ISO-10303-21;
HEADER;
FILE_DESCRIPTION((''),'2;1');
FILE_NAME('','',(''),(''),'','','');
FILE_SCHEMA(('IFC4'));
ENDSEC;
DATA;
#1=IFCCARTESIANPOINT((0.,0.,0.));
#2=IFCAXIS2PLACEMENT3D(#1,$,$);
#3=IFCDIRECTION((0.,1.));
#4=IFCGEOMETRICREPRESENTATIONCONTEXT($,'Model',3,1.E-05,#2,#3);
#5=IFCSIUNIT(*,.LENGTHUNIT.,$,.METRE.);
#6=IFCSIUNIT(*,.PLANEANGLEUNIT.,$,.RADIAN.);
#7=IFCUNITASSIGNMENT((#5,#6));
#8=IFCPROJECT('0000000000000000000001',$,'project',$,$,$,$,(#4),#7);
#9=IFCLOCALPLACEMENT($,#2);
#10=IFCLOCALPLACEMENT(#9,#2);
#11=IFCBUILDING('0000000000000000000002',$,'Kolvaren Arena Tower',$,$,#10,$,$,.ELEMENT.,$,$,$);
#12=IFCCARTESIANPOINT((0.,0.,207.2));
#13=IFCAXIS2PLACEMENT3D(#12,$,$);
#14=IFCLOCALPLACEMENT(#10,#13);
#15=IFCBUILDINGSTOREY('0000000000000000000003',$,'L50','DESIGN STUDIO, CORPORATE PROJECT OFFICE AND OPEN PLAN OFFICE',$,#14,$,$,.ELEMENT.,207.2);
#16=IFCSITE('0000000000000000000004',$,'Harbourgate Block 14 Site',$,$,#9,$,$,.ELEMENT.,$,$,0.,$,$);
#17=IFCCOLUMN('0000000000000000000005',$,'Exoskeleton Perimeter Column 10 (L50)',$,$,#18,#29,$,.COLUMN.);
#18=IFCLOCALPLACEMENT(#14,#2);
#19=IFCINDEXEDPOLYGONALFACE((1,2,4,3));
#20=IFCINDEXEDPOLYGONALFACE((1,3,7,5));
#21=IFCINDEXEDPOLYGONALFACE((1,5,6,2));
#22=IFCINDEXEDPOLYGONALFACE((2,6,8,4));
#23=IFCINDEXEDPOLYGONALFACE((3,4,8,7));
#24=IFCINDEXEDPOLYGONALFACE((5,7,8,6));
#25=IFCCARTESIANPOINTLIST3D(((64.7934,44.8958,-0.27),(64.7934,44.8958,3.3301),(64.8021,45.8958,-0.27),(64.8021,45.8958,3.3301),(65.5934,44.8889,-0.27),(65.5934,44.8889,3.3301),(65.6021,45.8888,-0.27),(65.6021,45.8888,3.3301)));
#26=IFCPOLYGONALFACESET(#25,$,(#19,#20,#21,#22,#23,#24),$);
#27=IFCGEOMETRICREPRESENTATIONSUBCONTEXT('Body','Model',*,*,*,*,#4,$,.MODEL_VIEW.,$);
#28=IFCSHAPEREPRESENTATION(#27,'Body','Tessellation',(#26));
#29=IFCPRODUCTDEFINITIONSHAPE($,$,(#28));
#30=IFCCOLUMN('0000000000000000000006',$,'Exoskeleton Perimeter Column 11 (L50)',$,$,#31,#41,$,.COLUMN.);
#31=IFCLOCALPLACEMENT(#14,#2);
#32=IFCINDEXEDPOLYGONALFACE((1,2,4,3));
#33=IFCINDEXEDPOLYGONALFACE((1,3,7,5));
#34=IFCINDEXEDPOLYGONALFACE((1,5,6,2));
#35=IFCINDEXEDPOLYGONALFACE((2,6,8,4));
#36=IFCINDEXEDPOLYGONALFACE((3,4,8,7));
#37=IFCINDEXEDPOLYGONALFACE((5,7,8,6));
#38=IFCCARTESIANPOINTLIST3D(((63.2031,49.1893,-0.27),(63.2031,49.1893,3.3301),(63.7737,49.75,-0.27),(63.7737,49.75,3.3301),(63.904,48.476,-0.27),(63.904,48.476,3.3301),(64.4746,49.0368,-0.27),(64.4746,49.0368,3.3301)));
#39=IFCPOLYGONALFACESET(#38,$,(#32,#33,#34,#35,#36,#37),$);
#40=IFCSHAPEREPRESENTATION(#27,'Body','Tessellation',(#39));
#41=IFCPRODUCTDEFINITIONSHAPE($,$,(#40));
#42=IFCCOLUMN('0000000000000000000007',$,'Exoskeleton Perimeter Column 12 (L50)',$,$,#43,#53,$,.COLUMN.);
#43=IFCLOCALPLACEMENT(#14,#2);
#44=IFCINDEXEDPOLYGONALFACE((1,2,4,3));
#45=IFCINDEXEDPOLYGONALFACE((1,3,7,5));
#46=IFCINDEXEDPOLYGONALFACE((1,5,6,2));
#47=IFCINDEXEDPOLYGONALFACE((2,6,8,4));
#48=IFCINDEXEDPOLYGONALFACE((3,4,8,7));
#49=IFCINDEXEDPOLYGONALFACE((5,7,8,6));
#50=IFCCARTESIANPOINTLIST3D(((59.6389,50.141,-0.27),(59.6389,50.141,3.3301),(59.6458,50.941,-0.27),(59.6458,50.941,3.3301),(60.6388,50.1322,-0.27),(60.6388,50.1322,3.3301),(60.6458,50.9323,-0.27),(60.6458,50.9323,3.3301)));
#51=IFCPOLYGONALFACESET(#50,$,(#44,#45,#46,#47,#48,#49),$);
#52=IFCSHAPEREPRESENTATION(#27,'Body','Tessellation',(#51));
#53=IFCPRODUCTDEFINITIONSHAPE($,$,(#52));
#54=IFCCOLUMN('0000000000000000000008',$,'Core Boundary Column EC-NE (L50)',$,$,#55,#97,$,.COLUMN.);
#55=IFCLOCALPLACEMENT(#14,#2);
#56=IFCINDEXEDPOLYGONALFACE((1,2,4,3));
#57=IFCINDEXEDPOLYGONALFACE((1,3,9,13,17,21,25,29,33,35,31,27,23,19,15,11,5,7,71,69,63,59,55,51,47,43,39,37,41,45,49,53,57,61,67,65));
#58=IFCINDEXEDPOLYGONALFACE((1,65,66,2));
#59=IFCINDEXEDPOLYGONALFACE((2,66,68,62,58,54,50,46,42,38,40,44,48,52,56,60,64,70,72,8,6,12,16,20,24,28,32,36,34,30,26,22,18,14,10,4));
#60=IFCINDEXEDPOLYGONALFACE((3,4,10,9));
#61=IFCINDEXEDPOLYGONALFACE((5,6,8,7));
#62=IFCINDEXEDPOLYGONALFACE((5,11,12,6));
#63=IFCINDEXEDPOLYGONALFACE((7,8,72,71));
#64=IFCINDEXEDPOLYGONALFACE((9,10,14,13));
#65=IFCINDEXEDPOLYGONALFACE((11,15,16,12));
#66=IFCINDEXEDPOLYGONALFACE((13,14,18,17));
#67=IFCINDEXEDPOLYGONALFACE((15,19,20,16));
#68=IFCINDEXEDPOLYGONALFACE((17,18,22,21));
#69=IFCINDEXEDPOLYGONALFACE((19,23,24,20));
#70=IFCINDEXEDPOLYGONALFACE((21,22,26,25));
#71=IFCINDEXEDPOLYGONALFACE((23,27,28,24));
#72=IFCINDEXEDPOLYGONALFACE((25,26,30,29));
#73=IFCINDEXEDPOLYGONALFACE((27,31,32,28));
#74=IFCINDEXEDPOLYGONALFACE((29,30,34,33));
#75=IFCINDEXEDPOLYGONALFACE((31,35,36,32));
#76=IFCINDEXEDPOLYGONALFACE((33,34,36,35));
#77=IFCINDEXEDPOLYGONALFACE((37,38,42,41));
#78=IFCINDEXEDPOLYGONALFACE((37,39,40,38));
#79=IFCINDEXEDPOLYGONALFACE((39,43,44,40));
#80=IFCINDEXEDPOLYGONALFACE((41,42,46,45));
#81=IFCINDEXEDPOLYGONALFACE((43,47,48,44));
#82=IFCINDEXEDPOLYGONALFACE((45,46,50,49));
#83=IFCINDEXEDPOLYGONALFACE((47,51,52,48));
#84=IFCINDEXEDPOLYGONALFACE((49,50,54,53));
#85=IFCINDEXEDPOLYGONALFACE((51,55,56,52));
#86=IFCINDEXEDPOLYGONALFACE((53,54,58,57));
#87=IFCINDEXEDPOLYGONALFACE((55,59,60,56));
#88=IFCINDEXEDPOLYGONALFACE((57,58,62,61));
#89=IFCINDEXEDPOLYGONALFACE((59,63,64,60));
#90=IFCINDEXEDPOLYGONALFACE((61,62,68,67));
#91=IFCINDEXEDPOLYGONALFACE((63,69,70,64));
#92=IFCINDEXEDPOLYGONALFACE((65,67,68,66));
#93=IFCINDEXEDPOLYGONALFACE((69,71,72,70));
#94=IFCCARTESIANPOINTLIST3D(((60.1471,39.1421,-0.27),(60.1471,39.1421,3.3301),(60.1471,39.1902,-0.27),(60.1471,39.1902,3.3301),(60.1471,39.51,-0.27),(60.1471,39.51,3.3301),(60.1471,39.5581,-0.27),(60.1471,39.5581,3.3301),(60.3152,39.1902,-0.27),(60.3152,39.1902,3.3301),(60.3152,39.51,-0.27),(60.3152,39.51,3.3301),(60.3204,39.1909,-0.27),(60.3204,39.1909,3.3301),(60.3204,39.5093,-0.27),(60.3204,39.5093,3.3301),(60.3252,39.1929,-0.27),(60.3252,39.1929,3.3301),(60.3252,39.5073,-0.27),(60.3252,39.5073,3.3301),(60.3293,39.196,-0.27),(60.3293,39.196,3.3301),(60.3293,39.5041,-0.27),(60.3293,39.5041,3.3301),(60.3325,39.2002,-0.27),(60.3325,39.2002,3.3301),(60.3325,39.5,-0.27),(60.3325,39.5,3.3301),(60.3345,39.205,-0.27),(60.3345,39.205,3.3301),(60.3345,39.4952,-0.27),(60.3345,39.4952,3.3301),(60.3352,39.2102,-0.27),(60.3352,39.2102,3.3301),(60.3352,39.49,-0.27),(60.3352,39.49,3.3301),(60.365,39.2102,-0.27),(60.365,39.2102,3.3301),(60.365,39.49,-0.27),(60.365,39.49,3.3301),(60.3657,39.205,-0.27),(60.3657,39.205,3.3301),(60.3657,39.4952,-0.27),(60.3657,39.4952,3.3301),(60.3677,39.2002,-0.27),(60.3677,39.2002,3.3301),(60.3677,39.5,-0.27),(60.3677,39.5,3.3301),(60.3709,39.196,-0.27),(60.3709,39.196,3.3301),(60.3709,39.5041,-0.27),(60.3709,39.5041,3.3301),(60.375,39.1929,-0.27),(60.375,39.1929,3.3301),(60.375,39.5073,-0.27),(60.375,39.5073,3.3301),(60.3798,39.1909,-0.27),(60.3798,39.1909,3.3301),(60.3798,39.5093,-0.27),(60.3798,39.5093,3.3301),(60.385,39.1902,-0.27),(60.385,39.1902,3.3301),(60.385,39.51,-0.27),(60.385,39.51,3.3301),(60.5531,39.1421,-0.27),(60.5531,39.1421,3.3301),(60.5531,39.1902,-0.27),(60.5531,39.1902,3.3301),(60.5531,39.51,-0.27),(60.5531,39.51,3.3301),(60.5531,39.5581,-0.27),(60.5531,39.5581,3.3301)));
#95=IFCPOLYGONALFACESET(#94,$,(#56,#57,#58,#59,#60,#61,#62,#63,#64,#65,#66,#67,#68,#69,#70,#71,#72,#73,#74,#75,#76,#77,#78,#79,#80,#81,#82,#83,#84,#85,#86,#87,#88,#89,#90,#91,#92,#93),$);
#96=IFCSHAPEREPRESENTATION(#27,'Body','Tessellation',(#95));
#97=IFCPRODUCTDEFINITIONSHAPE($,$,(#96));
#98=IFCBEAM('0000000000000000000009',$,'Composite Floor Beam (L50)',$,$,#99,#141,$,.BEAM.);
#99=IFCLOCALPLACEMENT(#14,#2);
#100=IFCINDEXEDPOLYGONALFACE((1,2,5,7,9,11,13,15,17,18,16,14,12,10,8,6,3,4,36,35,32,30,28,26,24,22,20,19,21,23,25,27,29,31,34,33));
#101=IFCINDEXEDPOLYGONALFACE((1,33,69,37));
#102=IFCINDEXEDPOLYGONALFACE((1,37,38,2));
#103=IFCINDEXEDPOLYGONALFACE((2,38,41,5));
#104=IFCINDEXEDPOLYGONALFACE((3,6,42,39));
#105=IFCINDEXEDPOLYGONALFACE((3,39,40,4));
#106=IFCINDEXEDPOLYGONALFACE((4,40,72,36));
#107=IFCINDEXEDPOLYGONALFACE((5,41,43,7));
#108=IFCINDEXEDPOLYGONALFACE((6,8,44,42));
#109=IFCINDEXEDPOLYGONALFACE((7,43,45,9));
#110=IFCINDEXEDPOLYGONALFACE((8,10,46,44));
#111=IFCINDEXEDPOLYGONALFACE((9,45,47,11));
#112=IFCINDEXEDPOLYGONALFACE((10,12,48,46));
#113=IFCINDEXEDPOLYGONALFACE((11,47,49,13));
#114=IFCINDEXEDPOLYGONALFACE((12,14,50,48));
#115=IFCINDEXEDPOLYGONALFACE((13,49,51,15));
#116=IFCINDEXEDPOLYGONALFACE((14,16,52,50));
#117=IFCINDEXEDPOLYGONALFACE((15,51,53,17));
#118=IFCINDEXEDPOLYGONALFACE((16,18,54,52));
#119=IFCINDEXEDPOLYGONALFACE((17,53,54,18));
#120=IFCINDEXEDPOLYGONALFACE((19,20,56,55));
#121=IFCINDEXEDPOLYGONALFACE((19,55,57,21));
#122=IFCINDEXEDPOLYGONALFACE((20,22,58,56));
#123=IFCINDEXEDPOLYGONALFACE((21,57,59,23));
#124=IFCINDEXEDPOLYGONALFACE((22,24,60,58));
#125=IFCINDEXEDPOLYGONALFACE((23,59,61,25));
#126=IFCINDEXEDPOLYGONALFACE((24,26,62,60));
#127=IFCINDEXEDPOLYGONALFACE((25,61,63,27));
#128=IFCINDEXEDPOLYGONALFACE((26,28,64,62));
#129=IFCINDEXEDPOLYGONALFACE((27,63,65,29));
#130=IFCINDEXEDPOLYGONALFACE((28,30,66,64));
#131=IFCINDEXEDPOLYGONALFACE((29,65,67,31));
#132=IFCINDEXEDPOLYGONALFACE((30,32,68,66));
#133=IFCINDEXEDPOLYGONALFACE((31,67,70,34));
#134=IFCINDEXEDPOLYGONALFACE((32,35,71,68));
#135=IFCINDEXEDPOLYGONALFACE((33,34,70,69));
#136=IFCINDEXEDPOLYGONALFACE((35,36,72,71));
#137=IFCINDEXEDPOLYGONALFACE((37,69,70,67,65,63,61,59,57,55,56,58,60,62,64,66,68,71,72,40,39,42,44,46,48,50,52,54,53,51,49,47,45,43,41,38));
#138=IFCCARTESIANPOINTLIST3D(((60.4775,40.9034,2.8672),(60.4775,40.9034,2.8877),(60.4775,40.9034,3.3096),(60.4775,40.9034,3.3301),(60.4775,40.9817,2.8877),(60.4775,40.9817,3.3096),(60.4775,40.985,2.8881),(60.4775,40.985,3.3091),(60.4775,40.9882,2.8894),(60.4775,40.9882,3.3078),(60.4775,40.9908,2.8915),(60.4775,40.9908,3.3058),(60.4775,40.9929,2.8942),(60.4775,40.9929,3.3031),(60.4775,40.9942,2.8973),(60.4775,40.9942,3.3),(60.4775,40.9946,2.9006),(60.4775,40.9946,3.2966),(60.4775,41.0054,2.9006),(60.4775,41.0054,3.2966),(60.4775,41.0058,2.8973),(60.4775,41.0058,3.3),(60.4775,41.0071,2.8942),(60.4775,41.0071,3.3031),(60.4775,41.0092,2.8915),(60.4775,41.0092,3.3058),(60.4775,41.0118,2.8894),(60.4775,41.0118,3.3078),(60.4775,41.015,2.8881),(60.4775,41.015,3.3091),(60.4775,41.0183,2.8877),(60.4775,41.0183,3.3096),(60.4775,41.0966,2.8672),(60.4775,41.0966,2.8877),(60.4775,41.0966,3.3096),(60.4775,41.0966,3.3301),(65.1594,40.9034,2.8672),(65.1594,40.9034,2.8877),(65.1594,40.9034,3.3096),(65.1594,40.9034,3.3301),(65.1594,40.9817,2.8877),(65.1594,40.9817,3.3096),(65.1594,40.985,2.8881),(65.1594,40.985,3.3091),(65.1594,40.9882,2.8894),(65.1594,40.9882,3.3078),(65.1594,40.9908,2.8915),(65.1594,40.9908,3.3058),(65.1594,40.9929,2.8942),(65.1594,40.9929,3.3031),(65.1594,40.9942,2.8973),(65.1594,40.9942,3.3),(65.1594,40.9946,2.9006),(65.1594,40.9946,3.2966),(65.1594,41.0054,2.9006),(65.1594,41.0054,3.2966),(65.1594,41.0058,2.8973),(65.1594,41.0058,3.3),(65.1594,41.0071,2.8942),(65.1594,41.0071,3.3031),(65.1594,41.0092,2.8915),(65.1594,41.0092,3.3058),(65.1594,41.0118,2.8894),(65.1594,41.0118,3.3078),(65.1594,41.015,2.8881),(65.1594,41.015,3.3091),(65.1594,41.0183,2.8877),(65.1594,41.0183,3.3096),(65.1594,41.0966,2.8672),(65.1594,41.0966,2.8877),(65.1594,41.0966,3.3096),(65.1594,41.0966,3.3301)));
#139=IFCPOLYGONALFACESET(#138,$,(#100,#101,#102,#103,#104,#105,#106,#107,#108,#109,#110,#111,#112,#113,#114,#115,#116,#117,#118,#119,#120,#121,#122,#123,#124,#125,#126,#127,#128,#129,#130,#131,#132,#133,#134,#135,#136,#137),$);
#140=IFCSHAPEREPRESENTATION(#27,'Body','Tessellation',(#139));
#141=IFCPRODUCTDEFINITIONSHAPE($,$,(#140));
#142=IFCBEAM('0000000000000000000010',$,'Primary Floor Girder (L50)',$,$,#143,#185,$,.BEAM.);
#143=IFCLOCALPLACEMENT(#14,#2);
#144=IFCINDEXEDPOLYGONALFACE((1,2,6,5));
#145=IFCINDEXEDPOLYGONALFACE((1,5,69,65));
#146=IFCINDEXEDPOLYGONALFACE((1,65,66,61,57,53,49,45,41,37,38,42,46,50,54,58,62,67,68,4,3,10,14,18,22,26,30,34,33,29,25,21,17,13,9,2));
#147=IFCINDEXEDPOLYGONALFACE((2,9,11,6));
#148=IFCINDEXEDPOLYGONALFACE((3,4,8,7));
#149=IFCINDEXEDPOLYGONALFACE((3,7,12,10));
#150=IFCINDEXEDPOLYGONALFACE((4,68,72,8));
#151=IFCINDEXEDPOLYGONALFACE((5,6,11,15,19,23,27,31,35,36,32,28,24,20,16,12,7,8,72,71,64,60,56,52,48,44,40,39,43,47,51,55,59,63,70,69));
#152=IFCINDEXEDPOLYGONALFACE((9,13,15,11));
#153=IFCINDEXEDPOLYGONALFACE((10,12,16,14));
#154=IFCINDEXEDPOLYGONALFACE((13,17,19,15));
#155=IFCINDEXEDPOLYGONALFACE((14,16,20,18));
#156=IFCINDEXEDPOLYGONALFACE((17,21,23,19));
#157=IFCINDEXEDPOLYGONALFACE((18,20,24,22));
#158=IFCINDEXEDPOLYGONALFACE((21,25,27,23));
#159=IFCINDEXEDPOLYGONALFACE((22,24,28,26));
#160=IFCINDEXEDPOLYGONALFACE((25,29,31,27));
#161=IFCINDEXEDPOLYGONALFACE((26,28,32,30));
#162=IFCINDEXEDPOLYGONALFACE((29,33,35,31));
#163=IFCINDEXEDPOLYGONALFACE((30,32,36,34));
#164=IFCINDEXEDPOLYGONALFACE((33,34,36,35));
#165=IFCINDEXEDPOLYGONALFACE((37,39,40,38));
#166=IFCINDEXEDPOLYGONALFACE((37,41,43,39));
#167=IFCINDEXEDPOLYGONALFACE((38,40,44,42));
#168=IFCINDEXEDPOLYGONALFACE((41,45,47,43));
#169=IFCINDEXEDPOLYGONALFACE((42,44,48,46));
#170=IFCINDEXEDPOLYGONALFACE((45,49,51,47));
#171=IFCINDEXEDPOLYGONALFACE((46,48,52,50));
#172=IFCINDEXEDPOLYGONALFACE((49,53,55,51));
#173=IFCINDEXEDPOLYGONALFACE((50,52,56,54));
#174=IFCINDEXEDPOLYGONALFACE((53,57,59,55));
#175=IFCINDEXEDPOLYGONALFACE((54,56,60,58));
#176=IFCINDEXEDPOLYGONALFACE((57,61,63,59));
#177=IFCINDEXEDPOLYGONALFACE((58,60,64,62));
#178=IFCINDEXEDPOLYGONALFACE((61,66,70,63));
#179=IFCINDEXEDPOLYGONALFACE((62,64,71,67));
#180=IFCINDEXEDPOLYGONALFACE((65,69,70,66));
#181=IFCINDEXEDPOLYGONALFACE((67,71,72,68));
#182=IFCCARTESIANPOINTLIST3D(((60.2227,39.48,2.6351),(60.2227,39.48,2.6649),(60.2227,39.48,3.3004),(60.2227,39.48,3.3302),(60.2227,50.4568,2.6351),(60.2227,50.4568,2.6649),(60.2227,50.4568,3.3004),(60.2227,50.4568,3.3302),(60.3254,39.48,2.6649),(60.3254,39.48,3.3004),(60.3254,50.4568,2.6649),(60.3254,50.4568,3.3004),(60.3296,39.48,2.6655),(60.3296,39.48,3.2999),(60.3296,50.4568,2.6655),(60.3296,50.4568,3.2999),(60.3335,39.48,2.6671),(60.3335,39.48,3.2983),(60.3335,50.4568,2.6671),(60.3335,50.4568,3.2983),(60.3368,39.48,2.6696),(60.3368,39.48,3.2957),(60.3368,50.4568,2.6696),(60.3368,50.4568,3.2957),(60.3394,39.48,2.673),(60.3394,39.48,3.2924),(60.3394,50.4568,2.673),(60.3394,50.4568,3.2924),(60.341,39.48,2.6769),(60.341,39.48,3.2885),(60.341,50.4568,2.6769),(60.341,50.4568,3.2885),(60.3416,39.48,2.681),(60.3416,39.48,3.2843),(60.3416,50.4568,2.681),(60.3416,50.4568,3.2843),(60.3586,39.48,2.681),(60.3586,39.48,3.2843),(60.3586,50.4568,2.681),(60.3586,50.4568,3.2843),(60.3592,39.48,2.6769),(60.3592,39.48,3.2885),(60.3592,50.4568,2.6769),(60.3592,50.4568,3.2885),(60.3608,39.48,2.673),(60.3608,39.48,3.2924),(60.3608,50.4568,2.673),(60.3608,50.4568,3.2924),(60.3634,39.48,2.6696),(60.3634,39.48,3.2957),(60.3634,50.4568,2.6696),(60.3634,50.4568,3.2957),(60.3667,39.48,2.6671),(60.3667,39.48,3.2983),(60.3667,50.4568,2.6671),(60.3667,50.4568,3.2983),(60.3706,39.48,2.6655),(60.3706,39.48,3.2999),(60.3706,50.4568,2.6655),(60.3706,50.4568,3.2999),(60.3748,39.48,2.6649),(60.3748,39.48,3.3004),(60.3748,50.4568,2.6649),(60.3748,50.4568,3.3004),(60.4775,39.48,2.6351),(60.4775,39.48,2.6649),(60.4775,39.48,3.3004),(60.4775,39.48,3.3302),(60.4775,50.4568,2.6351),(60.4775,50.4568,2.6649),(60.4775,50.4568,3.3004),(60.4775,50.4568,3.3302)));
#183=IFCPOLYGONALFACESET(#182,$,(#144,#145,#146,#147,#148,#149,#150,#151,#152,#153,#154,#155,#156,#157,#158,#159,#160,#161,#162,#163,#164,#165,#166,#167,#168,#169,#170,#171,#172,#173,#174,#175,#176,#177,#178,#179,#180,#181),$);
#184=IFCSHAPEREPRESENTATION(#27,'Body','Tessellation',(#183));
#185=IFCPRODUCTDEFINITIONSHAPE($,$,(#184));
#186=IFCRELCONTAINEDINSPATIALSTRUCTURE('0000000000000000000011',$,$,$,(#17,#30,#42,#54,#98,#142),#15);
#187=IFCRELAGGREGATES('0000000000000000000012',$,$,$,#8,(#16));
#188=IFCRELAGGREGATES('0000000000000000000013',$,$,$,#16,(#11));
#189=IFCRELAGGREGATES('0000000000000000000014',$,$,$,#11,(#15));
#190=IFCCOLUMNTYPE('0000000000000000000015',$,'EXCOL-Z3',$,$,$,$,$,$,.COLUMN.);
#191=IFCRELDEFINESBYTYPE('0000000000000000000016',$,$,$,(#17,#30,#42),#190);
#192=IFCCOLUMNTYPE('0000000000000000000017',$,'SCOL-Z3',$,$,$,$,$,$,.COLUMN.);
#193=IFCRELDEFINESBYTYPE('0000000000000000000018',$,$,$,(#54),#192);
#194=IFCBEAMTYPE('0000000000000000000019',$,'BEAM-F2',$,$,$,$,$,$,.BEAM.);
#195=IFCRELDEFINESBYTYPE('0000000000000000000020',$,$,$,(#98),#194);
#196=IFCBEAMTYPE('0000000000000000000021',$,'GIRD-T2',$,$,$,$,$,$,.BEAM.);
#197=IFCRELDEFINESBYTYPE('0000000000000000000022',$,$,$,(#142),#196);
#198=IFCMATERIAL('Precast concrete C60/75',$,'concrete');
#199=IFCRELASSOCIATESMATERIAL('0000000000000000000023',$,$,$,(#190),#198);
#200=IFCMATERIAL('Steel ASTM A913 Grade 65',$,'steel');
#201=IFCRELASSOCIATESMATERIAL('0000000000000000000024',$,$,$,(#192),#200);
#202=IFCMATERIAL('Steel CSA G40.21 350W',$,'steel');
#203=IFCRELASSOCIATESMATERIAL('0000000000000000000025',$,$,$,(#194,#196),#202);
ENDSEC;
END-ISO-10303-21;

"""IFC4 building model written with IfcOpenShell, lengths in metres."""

from ifc_helpers import new_model, si_unit, direction, frame, origin, origin_2d, place, context, subcontext, project, spatial, rectangle, i_section, extrude, material, material_profile, profile_set, type_object, element, save


model = new_model("IFC4")

# Units and contexts
model_context = context("Model", 3, precision=1e-05, world=origin(), true_north=direction((0.0, 1.0)))
body_context = subcontext(model_context, "Body", "Model", "MODEL_VIEW")
ifc_project = project(units=[si_unit("LENGTHUNIT", "METRE"), si_unit("PLANEANGLEUNIT", "RADIAN")], contexts=[model_context])

# Site, building, storey
site_placement = place(None, origin())
site = spatial("IfcSite", under=ifc_project, at=site_placement, Name="Harbourgate Block 14 Site", CompositionType="ELEMENT", RefElevation=0.0)
building_placement = place(site_placement, origin())
building = spatial("IfcBuilding", under=site, at=building_placement, Name="Kolvaren Arena Tower", CompositionType="ELEMENT")
storey_placement = place(building_placement, frame((0.0, 0.0, 207.2)))
storey = spatial("IfcBuildingStorey", under=building, at=storey_placement, Name="L50", Description="DESIGN STUDIO, CORPORATE PROJECT OFFICE AND OPEN PLAN OFFICE", CompositionType="ELEMENT", Elevation=207.2)

# Columns
ifc_material_1 = material(Name="Precast concrete C60/75", Category="concrete")
ifc_material_profile_1 = material_profile(ifc_material_1, rectangle(XDim=1.0, YDim=0.8, at=origin_2d()), Name="RC-1000x800")
ifc_profile_set_1 = profile_set([ifc_material_profile_1], Name="Precast concrete C60/75")
column_type_1 = type_object("IfcColumnType", Name="EXCOL-Z3", PredefinedType="COLUMN", material=ifc_profile_set_1)
for number, where, z_axis, x_axis, name in (
    (1, (65.1978, 45.3923, -0.27), (0.0, 0.0, 1.0), (0.008727, 0.999962, 0.0), "Exoskeleton Perimeter Column 10 (L50)"),
    (2, (63.8389, 49.113, -0.27), (0.0, 0.0, 1.0), (-0.700909, 0.71325, 0.0), "Exoskeleton Perimeter Column 11 (L50)"),
    (3, (60.1423, 50.5366, -0.27), (0.0, 0.0, 1.0), (0.999962, -0.008727, 0.0), "Exoskeleton Perimeter Column 12 (L50)"),
):
    element("IfcColumn", number, at=place(storey_placement, frame(where, z_axis=z_axis, x_axis=x_axis)), inside=storey, type_object=column_type_1, Name=name, PredefinedType="COLUMN", context=body_context, shape_type="SweptSolid", body=[
        extrude(rectangle(XDim=1.0, YDim=0.8, at=origin_2d()), origin(), (0.0, 0.0, 1.0), 3.6001),
    ])
ifc_material_2 = material(Name="Steel ASTM A913 Grade 65", Category="steel")
ifc_material_profile_2 = material_profile(ifc_material_2, i_section(OverallWidth=0.406, OverallDepth=0.416, WebThickness=0.0298, FlangeThickness=0.0481, FilletRadius=0.02, at=origin_2d()), Name="W360x382")
ifc_profile_set_2 = profile_set([ifc_material_profile_2], Name="Steel ASTM A913 Grade 65")
column_type_2 = type_object("IfcColumnType", Name="SCOL-Z3", PredefinedType="COLUMN", material=ifc_profile_set_2)
column_placement = place(storey_placement, frame((60.3501, 39.3501, -0.27), z_axis=(0.0, 0.0, 1.0), x_axis=(1.0, 0.0, 0.0)))
element("IfcColumn", 4, at=column_placement, inside=storey, type_object=column_type_2, Name="Core Boundary Column EC-NE (L50)", PredefinedType="COLUMN", context=body_context, shape_type="SweptSolid", body=[
    extrude(i_section(OverallWidth=0.406, OverallDepth=0.416, WebThickness=0.0298, FlangeThickness=0.0481, FilletRadius=0.02, at=origin_2d()), origin(), (0.0, 0.0, 1.0), 3.6001),
])

# Beams
ifc_material_3 = material(Name="Steel CSA G40.21 350W", Category="steel")
ifc_material_profile_3 = material_profile(ifc_material_3, i_section(OverallWidth=0.1931, OverallDepth=0.4629, WebThickness=0.0107, FlangeThickness=0.0205, FilletRadius=0.0129, at=origin_2d()), Name="W460x113")
ifc_profile_set_3 = profile_set([ifc_material_profile_3], Name="Steel CSA G40.21 350W")
beam_type_1 = type_object("IfcBeamType", Name="BEAM-F2", PredefinedType="BEAM", material=ifc_profile_set_3)
beam_1_placement = place(storey_placement, frame((60.4775, 41.0, 3.0986), z_axis=(1.0, 0.0, 0.0), x_axis=(0.0, 1.0, 0.0)))
element("IfcBeam", 5, at=beam_1_placement, inside=storey, type_object=beam_type_1, Name="Composite Floor Beam (L50)", PredefinedType="BEAM", context=body_context, shape_type="SweptSolid", body=[
    extrude(i_section(OverallWidth=0.1931, OverallDepth=0.4629, WebThickness=0.0107, FlangeThickness=0.0205, FilletRadius=0.0129, at=origin_2d()), origin(), (0.0, 0.0, 1.0), 4.6819),
])
ifc_material_profile_4 = material_profile(ifc_material_3, i_section(OverallWidth=0.2549, OverallDepth=0.6951, WebThickness=0.0171, FlangeThickness=0.0298, FilletRadius=0.0161, at=origin_2d()), Name="W690x217")
ifc_profile_set_4 = profile_set([ifc_material_profile_4], Name="Steel CSA G40.21 350W")
beam_type_2 = type_object("IfcBeamType", Name="GIRD-T2", PredefinedType="BEAM", material=ifc_profile_set_4)
beam_2_placement = place(storey_placement, frame((60.3501, 39.48, 2.9827), z_axis=(0.0, 1.0, 0.0), x_axis=(-1.0, 0.0, 0.0)))
element("IfcBeam", 6, at=beam_2_placement, inside=storey, type_object=beam_type_2, Name="Primary Floor Girder (L50)", PredefinedType="BEAM", context=body_context, shape_type="SweptSolid", body=[
    extrude(i_section(OverallWidth=0.2549, OverallDepth=0.6951, WebThickness=0.0171, FlangeThickness=0.0298, FilletRadius=0.0161, at=origin_2d()), origin(), (0.0, 0.0, 1.0), 10.9768),
])

save(model, "model.ifc")
